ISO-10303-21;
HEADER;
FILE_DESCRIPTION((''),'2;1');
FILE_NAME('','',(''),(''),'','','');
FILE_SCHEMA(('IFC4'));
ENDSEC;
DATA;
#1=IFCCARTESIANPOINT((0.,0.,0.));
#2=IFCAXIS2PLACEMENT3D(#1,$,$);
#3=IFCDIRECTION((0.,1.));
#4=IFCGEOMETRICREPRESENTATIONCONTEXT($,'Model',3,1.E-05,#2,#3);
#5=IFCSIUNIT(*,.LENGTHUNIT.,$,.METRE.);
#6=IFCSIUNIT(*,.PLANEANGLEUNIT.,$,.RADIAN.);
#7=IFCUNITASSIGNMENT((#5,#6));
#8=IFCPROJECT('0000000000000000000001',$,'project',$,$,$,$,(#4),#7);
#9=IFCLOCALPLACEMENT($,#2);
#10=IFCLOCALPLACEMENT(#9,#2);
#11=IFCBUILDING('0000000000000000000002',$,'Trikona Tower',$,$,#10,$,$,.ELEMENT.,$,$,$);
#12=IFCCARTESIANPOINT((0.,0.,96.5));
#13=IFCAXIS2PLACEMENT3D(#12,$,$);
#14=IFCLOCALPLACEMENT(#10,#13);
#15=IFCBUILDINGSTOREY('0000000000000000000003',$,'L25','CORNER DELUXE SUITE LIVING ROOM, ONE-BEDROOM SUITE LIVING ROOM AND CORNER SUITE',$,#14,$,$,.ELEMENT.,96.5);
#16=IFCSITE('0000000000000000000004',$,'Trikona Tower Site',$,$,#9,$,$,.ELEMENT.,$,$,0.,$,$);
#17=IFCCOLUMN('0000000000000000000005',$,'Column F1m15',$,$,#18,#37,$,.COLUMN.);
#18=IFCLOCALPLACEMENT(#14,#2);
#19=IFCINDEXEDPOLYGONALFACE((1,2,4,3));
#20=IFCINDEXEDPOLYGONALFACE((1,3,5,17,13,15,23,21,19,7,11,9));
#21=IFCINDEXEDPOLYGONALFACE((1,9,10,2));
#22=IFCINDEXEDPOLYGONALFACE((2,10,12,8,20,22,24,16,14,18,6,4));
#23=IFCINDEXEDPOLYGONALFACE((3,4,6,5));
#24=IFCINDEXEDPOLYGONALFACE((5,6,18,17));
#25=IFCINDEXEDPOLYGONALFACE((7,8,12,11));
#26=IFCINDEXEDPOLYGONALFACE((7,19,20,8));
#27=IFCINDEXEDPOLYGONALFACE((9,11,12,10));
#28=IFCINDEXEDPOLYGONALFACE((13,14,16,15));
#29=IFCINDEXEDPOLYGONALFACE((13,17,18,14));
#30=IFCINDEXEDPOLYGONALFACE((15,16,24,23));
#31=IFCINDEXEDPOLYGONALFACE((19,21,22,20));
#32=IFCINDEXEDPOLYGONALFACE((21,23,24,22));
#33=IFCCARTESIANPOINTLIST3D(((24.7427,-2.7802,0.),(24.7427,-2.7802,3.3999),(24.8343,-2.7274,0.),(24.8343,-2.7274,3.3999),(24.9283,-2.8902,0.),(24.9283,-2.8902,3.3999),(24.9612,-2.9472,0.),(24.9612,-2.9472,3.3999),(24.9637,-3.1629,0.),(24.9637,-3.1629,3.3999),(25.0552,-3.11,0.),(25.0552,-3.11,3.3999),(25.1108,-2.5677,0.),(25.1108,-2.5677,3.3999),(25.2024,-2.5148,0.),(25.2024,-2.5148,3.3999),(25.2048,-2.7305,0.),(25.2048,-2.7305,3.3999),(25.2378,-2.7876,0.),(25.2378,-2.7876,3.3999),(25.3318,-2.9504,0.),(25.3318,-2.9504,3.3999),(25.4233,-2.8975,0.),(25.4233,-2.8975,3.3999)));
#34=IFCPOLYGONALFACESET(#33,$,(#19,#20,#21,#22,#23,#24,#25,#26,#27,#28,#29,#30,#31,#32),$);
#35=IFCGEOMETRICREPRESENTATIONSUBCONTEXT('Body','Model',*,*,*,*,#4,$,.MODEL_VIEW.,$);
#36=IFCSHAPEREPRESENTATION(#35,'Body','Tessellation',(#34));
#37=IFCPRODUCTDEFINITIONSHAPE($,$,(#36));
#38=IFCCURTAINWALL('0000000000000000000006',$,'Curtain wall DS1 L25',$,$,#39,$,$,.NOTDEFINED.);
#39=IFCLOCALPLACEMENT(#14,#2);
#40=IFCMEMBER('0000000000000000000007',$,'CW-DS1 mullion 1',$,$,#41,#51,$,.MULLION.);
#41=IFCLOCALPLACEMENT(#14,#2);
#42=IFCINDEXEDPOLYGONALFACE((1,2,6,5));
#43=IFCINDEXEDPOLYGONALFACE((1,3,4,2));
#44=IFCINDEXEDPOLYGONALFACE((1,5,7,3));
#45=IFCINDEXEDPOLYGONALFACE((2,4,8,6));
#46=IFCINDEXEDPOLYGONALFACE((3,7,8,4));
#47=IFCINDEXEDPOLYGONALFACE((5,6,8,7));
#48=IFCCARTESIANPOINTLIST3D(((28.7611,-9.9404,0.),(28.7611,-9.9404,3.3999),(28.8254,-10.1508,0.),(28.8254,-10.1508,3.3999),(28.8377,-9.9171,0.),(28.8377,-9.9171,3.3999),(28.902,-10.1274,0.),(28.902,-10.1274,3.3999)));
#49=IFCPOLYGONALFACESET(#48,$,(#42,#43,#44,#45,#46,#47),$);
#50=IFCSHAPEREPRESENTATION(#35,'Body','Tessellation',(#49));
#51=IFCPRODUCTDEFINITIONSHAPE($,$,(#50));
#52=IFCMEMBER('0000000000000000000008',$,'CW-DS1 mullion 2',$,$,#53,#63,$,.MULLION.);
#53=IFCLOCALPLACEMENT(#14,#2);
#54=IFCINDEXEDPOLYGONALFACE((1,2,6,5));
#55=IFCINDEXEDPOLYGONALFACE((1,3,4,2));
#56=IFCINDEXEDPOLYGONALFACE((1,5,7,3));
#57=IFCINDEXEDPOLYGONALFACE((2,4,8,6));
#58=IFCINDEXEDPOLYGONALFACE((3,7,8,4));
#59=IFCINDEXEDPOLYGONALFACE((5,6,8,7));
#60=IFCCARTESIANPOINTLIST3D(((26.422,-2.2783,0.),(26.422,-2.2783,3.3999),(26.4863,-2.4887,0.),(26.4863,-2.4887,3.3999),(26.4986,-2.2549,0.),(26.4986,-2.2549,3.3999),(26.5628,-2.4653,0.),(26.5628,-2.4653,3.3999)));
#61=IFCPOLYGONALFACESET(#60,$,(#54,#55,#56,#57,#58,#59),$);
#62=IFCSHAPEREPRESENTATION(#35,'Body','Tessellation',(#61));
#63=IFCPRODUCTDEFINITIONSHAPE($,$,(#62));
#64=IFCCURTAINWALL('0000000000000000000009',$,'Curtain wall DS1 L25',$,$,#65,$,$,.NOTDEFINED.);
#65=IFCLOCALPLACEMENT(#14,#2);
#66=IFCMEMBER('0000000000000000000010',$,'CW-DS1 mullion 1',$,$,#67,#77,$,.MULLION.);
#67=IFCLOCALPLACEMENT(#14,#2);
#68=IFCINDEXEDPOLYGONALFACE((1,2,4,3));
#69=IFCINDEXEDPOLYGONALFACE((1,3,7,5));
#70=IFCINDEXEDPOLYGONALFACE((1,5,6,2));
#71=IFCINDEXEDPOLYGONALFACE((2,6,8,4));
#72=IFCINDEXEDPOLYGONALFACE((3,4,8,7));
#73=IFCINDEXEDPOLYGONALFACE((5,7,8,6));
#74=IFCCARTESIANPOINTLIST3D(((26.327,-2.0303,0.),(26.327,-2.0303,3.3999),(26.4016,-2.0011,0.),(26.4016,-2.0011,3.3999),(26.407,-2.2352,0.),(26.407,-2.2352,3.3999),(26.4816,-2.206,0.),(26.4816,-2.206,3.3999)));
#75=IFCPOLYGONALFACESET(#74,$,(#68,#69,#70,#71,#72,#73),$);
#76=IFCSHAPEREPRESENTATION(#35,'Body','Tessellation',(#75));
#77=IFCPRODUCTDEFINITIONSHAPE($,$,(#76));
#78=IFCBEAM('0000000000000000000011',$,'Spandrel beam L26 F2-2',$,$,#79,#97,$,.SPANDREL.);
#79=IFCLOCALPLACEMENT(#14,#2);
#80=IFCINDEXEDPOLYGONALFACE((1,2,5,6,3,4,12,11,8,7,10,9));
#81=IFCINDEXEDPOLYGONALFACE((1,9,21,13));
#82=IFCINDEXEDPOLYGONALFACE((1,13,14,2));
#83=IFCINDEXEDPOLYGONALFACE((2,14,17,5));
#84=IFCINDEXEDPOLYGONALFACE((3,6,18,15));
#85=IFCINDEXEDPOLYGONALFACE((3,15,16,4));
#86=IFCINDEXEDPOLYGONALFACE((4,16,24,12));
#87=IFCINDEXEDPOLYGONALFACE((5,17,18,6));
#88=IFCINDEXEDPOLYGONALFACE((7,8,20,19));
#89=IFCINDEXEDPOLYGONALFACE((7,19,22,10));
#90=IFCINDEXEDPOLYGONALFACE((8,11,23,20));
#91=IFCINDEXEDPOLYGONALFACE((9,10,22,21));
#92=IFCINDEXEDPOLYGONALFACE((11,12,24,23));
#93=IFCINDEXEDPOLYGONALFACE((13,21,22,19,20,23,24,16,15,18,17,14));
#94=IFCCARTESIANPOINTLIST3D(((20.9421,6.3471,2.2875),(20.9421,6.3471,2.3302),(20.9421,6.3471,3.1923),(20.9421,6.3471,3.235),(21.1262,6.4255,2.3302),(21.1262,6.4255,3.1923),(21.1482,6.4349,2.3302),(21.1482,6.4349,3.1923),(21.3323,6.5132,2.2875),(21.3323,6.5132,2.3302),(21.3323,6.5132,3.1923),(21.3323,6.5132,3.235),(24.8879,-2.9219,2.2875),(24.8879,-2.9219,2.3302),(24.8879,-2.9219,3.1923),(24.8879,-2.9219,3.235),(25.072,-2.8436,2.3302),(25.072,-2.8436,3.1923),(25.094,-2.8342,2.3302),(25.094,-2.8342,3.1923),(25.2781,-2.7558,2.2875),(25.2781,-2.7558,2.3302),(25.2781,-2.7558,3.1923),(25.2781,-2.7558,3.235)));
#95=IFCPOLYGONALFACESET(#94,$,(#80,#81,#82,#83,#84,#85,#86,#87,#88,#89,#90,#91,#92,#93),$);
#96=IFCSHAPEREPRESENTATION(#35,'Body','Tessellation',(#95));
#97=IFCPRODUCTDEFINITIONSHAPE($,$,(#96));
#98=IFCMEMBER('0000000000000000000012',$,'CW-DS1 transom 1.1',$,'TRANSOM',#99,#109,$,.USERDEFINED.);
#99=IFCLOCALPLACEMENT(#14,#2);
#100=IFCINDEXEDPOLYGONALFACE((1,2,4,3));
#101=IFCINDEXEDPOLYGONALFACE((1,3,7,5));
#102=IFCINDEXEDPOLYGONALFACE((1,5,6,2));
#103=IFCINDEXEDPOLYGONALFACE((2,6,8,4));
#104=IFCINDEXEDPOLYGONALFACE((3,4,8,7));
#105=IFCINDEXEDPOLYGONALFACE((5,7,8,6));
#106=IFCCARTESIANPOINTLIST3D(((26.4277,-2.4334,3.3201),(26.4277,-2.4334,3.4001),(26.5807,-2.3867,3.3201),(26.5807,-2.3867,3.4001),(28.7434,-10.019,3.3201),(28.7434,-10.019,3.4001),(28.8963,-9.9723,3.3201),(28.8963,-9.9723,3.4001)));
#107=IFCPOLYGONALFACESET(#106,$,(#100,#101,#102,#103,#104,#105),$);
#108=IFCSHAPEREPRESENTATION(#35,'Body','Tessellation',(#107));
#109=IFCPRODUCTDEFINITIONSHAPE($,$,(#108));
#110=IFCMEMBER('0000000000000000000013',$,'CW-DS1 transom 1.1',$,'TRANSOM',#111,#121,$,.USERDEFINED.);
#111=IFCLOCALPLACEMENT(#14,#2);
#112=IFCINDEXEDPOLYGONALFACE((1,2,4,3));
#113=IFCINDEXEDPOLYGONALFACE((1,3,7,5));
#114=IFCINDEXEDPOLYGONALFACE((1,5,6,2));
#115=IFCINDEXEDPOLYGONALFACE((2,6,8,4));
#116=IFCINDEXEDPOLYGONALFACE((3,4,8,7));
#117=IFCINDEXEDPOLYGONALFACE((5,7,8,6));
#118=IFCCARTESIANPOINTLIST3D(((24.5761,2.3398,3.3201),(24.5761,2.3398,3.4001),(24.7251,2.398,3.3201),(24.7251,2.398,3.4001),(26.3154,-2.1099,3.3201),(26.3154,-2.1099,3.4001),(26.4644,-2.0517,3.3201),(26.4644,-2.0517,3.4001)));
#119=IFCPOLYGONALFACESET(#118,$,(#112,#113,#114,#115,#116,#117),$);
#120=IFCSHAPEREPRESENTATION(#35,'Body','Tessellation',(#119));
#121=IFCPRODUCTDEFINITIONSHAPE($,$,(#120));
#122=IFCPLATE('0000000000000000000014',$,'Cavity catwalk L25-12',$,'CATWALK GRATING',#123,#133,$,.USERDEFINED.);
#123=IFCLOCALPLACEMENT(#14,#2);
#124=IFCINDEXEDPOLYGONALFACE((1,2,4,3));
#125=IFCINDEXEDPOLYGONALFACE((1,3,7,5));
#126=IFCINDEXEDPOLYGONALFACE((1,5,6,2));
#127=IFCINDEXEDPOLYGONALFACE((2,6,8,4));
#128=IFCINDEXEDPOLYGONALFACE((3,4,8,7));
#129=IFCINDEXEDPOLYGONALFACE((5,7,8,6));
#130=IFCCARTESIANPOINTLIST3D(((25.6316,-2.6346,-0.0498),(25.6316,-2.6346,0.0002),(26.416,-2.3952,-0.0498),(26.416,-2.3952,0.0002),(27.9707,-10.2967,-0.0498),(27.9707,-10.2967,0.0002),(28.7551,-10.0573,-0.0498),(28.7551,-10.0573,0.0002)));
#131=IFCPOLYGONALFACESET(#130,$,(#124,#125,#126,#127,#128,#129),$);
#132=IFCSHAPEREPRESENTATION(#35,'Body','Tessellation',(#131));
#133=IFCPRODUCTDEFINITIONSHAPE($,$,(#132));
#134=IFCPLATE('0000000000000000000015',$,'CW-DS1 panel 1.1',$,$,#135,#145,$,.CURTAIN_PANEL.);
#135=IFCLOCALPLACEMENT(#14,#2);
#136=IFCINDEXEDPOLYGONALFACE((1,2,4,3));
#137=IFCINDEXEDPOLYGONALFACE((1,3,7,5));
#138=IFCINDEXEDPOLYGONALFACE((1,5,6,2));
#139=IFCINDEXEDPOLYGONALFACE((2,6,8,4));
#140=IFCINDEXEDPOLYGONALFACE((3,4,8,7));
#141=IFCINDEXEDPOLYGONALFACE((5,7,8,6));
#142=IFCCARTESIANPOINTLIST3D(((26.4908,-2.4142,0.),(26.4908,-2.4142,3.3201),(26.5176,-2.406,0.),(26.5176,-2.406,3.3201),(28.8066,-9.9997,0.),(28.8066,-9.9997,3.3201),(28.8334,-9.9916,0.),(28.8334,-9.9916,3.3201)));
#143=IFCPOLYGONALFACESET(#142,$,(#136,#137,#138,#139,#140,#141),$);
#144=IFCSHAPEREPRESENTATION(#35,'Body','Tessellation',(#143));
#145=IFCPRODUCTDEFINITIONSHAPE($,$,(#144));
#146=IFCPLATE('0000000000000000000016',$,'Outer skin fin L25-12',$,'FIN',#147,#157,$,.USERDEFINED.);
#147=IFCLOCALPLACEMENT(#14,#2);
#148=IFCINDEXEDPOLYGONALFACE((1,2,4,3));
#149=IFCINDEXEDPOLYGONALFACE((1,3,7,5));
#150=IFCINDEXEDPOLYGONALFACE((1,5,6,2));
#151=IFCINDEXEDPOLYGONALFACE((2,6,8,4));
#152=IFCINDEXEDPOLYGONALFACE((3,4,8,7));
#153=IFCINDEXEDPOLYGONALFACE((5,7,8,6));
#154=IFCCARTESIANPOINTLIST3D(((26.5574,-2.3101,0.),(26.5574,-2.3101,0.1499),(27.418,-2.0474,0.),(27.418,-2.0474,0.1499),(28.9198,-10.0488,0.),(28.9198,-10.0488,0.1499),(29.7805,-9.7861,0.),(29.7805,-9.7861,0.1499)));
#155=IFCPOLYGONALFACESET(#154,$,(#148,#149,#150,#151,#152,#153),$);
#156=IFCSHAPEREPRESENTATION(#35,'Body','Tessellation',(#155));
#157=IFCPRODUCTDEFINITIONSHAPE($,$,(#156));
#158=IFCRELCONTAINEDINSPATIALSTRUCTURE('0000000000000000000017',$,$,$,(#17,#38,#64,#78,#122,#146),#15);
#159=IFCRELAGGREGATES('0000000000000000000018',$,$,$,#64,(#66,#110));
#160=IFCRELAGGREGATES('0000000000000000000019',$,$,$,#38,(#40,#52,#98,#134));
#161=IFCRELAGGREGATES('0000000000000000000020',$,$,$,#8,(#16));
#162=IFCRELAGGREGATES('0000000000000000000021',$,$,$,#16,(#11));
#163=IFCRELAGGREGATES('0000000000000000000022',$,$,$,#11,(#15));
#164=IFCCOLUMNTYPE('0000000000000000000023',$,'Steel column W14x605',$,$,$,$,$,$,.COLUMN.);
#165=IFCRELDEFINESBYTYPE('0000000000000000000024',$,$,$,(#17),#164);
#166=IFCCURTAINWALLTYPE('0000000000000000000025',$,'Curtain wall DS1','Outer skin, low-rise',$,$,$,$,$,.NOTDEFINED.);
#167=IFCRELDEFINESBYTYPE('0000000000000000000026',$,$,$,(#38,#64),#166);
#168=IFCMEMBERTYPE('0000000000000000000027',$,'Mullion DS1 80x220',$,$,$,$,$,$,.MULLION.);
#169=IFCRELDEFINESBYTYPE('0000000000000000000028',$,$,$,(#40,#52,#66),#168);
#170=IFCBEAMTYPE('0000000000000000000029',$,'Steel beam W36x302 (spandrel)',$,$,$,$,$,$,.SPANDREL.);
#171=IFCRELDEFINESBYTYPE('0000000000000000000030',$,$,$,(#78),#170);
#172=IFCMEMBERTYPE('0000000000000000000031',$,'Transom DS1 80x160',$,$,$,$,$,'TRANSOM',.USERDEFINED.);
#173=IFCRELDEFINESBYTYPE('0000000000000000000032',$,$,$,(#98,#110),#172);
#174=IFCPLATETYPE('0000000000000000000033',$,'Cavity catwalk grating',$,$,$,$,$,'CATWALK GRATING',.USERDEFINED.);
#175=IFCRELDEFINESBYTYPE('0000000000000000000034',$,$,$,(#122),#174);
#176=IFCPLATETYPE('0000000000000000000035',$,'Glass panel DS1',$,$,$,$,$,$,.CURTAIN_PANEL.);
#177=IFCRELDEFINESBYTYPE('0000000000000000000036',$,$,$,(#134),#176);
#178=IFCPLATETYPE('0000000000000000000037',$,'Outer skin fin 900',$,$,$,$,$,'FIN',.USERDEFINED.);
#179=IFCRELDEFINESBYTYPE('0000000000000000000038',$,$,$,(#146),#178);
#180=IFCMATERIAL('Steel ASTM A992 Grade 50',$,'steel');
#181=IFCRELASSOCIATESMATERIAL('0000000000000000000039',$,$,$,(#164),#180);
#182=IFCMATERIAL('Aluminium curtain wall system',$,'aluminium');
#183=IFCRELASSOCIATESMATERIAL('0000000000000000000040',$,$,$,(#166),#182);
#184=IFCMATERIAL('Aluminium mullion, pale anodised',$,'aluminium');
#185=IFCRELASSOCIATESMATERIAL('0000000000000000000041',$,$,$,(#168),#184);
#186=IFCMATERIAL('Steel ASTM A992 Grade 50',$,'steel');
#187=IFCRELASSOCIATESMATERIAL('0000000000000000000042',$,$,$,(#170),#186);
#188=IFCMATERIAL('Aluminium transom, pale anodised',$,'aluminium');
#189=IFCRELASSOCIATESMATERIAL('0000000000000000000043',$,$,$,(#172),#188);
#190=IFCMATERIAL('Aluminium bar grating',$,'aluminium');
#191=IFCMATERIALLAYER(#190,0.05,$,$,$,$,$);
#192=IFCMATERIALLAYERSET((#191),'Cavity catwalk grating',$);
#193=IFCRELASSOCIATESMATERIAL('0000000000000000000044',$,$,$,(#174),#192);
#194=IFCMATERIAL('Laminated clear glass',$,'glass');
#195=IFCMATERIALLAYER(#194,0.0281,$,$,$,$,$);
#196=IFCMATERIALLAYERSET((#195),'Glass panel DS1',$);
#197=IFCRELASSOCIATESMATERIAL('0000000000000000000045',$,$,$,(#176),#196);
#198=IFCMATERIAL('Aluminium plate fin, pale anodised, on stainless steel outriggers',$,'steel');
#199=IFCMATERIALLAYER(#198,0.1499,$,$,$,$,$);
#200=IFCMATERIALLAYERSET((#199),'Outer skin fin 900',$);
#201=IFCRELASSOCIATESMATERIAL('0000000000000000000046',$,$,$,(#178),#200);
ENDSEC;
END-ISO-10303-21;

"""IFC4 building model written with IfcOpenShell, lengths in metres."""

from ifc_helpers import new_model, si_unit, direction, frame, origin, origin_2d, place, context, subcontext, project, spatial, rectangle, i_section, extrude, material, layer, layer_set, material_profile, profile_set, type_object, element, aggregate, save


model = new_model("IFC4")

# Units and contexts
model_context = context("Model", 3, precision=1e-05, world=origin(), true_north=direction((0.0, 1.0)))
body_context = subcontext(model_context, "Body", "Model", "MODEL_VIEW")
ifc_project = project(units=[si_unit("LENGTHUNIT", "METRE"), si_unit("PLANEANGLEUNIT", "RADIAN")], contexts=[model_context])

# Site, building, storey
site_placement = place(None, origin())
site = spatial("IfcSite", under=ifc_project, at=site_placement, Name="Trikona Tower Site", CompositionType="ELEMENT", RefElevation=0.0)
building_placement = place(site_placement, origin())
building = spatial("IfcBuilding", under=site, at=building_placement, Name="Trikona Tower", CompositionType="ELEMENT")
storey_placement = place(building_placement, frame((0.0, 0.0, 96.5)))
storey = spatial("IfcBuildingStorey", under=building, at=storey_placement, Name="L25", Description="CORNER DELUXE SUITE LIVING ROOM, ONE-BEDROOM SUITE LIVING ROOM AND CORNER SUITE", CompositionType="ELEMENT", Elevation=96.5)

# Column
ifc_material_1 = material(Name="Steel ASTM A992 Grade 50", Category="steel")
ifc_material_profile_1 = material_profile(ifc_material_1, i_section(OverallWidth=0.4419, OverallDepth=0.5308, WebThickness=0.0659, FlangeThickness=0.1057, at=origin_2d()), Name="W14X605")
ifc_profile_set_1 = profile_set([ifc_material_profile_1], Name="Steel ASTM A992 Grade 50")
column_type = type_object("IfcColumnType", Name="Steel column W14x605", PredefinedType="COLUMN", material=ifc_profile_set_1)
column_placement = place(storey_placement, frame((25.083, -2.8389, 0.0), z_axis=(0.0, 0.0, 1.0), x_axis=(-0.5, 0.866025, 0.0)))
element("IfcColumn", 1, at=column_placement, inside=storey, type_object=column_type, Name="Column F1m15", PredefinedType="COLUMN", context=body_context, shape_type="SweptSolid", body=[
    extrude(i_section(OverallWidth=0.4419, OverallDepth=0.5308, WebThickness=0.0659, FlangeThickness=0.1057, at=origin_2d()), origin(), (0.0, 0.0, 1.0), 3.3999),
])

# Curtain wall, members
ifc_material_2 = material(Name="Aluminium curtain wall system", Category="aluminium")
curtain_wall_type = type_object("IfcCurtainWallType", Name="Curtain wall DS1", Description="Outer skin, low-rise", PredefinedType="NOTDEFINED", material=ifc_material_2)
curtain_wall_1_placement = place(storey_placement, origin())
curtain_wall_1 = element("IfcCurtainWall", 2, at=curtain_wall_1_placement, inside=storey, type_object=curtain_wall_type, Name="Curtain wall DS1 L25", PredefinedType="NOTDEFINED")
ifc_material_3 = material(Name="Aluminium mullion, pale anodised", Category="aluminium")
ifc_material_profile_2 = material_profile(ifc_material_3, rectangle(XDim=0.0801, YDim=0.22, at=origin_2d()), Name="MUL-DS1")
ifc_profile_set_2 = profile_set([ifc_material_profile_2], Name="Aluminium mullion, pale anodised")
member_type_1 = type_object("IfcMemberType", Name="Mullion DS1 80x220", PredefinedType="MULLION", material=ifc_profile_set_2)
member_1_placement = place(storey_placement, frame((28.8315, -10.0339, 0.0), z_axis=(0.0, 0.0, 1.0), x_axis=(-0.956423, -0.291984, 0.0)))
member_1 = element("IfcMember", 3, at=member_1_placement, type_object=member_type_1, Name="CW-DS1 mullion 1", PredefinedType="MULLION", context=body_context, shape_type="SweptSolid", body=[
    extrude(rectangle(XDim=0.0801, YDim=0.22, at=origin_2d()), origin(), (0.0, 0.0, 1.0), 3.3999),
])
member_2_placement = place(storey_placement, frame((26.4924, -2.3718, 0.0), z_axis=(0.0, 0.0, 1.0), x_axis=(-0.956423, -0.291984, 0.0)))
member_2 = element("IfcMember", 4, at=member_2_placement, type_object=member_type_1, Name="CW-DS1 mullion 2", PredefinedType="MULLION", context=body_context, shape_type="SweptSolid", body=[
    extrude(rectangle(XDim=0.0801, YDim=0.22, at=origin_2d()), origin(), (0.0, 0.0, 1.0), 3.3999),
])

# Curtain wall, member
curtain_wall_2_placement = place(storey_placement, origin())
curtain_wall_2 = element("IfcCurtainWall", 5, at=curtain_wall_2_placement, inside=storey, type_object=curtain_wall_type, Name="Curtain wall DS1 L25", PredefinedType="NOTDEFINED")
member_3_placement = place(storey_placement, frame((26.4043, -2.1182, 0.0), z_axis=(0.0, 0.0, 1.0), x_axis=(-0.931396, -0.364008, 0.0)))
member_3 = element("IfcMember", 6, at=member_3_placement, type_object=member_type_1, Name="CW-DS1 mullion 1", PredefinedType="MULLION", context=body_context, shape_type="SweptSolid", body=[
    extrude(rectangle(XDim=0.0801, YDim=0.22, at=origin_2d()), origin(), (0.0, 0.0, 1.0), 3.3999),
])

# Beam
ifc_material_4 = material(Name="Steel ASTM A992 Grade 50", Category="steel")
ifc_material_profile_3 = material_profile(ifc_material_4, i_section(OverallWidth=0.4241, OverallDepth=0.9475, WebThickness=0.0239, FlangeThickness=0.0427, at=origin_2d()), Name="W36X302")
ifc_profile_set_3 = profile_set([ifc_material_profile_3], Name="Steel ASTM A992 Grade 50")
beam_type = type_object("IfcBeamType", Name="Steel beam W36x302 (spandrel)", PredefinedType="SPANDREL", material=ifc_profile_set_3)
beam_placement = place(storey_placement, frame((25.083, -2.8389, 2.7612), z_axis=(-0.391684, 0.9201, 0.0), x_axis=(-0.9201, -0.391684, 0.0)))
element("IfcBeam", 7, at=beam_placement, inside=storey, type_object=beam_type, Name="Spandrel beam L26 F2-2", PredefinedType="SPANDREL", context=body_context, shape_type="SweptSolid", body=[
    extrude(i_section(OverallWidth=0.4241, OverallDepth=0.9475, WebThickness=0.0239, FlangeThickness=0.0427, at=origin_2d()), origin(), (0.0, 0.0, 1.0), 10.074),
])

# Members
ifc_material_5 = material(Name="Aluminium transom, pale anodised", Category="aluminium")
ifc_material_profile_4 = material_profile(ifc_material_5, rectangle(XDim=0.1599, YDim=0.0801, at=origin_2d()), Name="TRN-DS1")
ifc_profile_set_4 = profile_set([ifc_material_profile_4], Name="Aluminium transom, pale anodised")
member_type_2 = type_object("IfcMemberType", Name="Transom DS1 80x160", ElementType="TRANSOM", PredefinedType="USERDEFINED", material=ifc_profile_set_4)
member_4_placement = place(storey_placement, frame((28.8198, -9.9956, 3.3601), z_axis=(-0.291967, 0.956428, 0.0), x_axis=(-0.956428, -0.291967, 0.0)))
member_4 = element("IfcMember", 8, at=member_4_placement, type_object=member_type_2, Name="CW-DS1 transom 1.1", ObjectType="TRANSOM", PredefinedType="USERDEFINED", context=body_context, shape_type="SweptSolid", body=[
    extrude(rectangle(XDim=0.1599, YDim=0.0801, at=origin_2d()), origin(), (0.0, 0.0, 1.0), 7.9312),
])
member_5_placement = place(storey_placement, frame((26.3899, -2.0808, 3.3601), z_axis=(-0.364049, 0.93138, 0.0), x_axis=(-0.93138, -0.364049, 0.0)))
member_5 = element("IfcMember", 9, at=member_5_placement, type_object=member_type_2, Name="CW-DS1 transom 1.1", ObjectType="TRANSOM", PredefinedType="USERDEFINED", context=body_context, shape_type="SweptSolid", body=[
    extrude(rectangle(XDim=0.1599, YDim=0.0801, at=origin_2d()), origin(), (0.0, 0.0, 1.0), 4.7776),
])
aggregate(curtain_wall_2, [member_3, member_5])

# Plates
ifc_material_6 = material(Name="Aluminium bar grating", Category="aluminium")
ifc_layer_1 = layer(ifc_material_6, 0.05)
ifc_layer_set_1 = layer_set([ifc_layer_1], Name="Cavity catwalk grating")
plate_type_1 = type_object("IfcPlateType", Name="Cavity catwalk grating", ElementType="CATWALK GRATING", PredefinedType="USERDEFINED", material=ifc_layer_set_1)
plate_1_placement = place(storey_placement, frame((27.1934, -6.3459, -0.0498), z_axis=(0.0, 0.0, 1.0), x_axis=(-0.291979, 0.956425, 0.0)))
element("IfcPlate", 10, at=plate_1_placement, inside=storey, type_object=plate_type_1, Name="Cavity catwalk L25-12", ObjectType="CATWALK GRATING", PredefinedType="USERDEFINED", context=body_context, shape_type="SweptSolid", body=[
    extrude(rectangle(XDim=8.0112, YDim=0.8201, at=origin_2d()), origin(), (0.0, 0.0, 1.0), 0.05),
])
ifc_material_7 = material(Name="Laminated clear glass", Category="glass")
ifc_layer_2 = layer(ifc_material_7, 0.0281)
ifc_layer_set_2 = layer_set([ifc_layer_2], Name="Glass panel DS1")
plate_type_2 = type_object("IfcPlateType", Name="Glass panel DS1", PredefinedType="CURTAIN_PANEL", material=ifc_layer_set_2)
plate_2_placement = place(storey_placement, frame((27.6621, -6.2029, 0.0), z_axis=(0.0, 0.0, 1.0), x_axis=(-0.291984, 0.956423, 0.0)))
plate_2 = element("IfcPlate", 11, at=plate_2_placement, type_object=plate_type_2, Name="CW-DS1 panel 1.1", PredefinedType="CURTAIN_PANEL", context=body_context, shape_type="SweptSolid", body=[
    extrude(rectangle(XDim=7.9312, YDim=0.0281, at=origin_2d()), origin(), (0.0, 0.0, 1.0), 3.3201),
])
aggregate(curtain_wall_1, [member_1, member_2, member_4, plate_2])
ifc_material_8 = material(Name="Aluminium plate fin, pale anodised, on stainless steel outriggers", Category="steel")
ifc_layer_3 = layer(ifc_material_8, 0.1499)
ifc_layer_set_3 = layer_set([ifc_layer_3], Name="Outer skin fin 900")
plate_type_3 = type_object("IfcPlateType", Name="Outer skin fin 900", ElementType="FIN", PredefinedType="USERDEFINED", material=ifc_layer_set_3)
plate_3_placement = place(storey_placement, frame((28.1689, -6.0481, 0.0), z_axis=(0.0, 0.0, 1.0), x_axis=(-0.291979, 0.956425, 0.0)))
element("IfcPlate", 12, at=plate_3_placement, inside=storey, type_object=plate_type_3, Name="Outer skin fin L25-12", ObjectType="FIN", PredefinedType="USERDEFINED", context=body_context, shape_type="SweptSolid", body=[
    extrude(rectangle(XDim=8.0913, YDim=0.8999, at=origin_2d()), origin(), (0.0, 0.0, 1.0), 0.1499),
])

save(model, "model.ifc")
